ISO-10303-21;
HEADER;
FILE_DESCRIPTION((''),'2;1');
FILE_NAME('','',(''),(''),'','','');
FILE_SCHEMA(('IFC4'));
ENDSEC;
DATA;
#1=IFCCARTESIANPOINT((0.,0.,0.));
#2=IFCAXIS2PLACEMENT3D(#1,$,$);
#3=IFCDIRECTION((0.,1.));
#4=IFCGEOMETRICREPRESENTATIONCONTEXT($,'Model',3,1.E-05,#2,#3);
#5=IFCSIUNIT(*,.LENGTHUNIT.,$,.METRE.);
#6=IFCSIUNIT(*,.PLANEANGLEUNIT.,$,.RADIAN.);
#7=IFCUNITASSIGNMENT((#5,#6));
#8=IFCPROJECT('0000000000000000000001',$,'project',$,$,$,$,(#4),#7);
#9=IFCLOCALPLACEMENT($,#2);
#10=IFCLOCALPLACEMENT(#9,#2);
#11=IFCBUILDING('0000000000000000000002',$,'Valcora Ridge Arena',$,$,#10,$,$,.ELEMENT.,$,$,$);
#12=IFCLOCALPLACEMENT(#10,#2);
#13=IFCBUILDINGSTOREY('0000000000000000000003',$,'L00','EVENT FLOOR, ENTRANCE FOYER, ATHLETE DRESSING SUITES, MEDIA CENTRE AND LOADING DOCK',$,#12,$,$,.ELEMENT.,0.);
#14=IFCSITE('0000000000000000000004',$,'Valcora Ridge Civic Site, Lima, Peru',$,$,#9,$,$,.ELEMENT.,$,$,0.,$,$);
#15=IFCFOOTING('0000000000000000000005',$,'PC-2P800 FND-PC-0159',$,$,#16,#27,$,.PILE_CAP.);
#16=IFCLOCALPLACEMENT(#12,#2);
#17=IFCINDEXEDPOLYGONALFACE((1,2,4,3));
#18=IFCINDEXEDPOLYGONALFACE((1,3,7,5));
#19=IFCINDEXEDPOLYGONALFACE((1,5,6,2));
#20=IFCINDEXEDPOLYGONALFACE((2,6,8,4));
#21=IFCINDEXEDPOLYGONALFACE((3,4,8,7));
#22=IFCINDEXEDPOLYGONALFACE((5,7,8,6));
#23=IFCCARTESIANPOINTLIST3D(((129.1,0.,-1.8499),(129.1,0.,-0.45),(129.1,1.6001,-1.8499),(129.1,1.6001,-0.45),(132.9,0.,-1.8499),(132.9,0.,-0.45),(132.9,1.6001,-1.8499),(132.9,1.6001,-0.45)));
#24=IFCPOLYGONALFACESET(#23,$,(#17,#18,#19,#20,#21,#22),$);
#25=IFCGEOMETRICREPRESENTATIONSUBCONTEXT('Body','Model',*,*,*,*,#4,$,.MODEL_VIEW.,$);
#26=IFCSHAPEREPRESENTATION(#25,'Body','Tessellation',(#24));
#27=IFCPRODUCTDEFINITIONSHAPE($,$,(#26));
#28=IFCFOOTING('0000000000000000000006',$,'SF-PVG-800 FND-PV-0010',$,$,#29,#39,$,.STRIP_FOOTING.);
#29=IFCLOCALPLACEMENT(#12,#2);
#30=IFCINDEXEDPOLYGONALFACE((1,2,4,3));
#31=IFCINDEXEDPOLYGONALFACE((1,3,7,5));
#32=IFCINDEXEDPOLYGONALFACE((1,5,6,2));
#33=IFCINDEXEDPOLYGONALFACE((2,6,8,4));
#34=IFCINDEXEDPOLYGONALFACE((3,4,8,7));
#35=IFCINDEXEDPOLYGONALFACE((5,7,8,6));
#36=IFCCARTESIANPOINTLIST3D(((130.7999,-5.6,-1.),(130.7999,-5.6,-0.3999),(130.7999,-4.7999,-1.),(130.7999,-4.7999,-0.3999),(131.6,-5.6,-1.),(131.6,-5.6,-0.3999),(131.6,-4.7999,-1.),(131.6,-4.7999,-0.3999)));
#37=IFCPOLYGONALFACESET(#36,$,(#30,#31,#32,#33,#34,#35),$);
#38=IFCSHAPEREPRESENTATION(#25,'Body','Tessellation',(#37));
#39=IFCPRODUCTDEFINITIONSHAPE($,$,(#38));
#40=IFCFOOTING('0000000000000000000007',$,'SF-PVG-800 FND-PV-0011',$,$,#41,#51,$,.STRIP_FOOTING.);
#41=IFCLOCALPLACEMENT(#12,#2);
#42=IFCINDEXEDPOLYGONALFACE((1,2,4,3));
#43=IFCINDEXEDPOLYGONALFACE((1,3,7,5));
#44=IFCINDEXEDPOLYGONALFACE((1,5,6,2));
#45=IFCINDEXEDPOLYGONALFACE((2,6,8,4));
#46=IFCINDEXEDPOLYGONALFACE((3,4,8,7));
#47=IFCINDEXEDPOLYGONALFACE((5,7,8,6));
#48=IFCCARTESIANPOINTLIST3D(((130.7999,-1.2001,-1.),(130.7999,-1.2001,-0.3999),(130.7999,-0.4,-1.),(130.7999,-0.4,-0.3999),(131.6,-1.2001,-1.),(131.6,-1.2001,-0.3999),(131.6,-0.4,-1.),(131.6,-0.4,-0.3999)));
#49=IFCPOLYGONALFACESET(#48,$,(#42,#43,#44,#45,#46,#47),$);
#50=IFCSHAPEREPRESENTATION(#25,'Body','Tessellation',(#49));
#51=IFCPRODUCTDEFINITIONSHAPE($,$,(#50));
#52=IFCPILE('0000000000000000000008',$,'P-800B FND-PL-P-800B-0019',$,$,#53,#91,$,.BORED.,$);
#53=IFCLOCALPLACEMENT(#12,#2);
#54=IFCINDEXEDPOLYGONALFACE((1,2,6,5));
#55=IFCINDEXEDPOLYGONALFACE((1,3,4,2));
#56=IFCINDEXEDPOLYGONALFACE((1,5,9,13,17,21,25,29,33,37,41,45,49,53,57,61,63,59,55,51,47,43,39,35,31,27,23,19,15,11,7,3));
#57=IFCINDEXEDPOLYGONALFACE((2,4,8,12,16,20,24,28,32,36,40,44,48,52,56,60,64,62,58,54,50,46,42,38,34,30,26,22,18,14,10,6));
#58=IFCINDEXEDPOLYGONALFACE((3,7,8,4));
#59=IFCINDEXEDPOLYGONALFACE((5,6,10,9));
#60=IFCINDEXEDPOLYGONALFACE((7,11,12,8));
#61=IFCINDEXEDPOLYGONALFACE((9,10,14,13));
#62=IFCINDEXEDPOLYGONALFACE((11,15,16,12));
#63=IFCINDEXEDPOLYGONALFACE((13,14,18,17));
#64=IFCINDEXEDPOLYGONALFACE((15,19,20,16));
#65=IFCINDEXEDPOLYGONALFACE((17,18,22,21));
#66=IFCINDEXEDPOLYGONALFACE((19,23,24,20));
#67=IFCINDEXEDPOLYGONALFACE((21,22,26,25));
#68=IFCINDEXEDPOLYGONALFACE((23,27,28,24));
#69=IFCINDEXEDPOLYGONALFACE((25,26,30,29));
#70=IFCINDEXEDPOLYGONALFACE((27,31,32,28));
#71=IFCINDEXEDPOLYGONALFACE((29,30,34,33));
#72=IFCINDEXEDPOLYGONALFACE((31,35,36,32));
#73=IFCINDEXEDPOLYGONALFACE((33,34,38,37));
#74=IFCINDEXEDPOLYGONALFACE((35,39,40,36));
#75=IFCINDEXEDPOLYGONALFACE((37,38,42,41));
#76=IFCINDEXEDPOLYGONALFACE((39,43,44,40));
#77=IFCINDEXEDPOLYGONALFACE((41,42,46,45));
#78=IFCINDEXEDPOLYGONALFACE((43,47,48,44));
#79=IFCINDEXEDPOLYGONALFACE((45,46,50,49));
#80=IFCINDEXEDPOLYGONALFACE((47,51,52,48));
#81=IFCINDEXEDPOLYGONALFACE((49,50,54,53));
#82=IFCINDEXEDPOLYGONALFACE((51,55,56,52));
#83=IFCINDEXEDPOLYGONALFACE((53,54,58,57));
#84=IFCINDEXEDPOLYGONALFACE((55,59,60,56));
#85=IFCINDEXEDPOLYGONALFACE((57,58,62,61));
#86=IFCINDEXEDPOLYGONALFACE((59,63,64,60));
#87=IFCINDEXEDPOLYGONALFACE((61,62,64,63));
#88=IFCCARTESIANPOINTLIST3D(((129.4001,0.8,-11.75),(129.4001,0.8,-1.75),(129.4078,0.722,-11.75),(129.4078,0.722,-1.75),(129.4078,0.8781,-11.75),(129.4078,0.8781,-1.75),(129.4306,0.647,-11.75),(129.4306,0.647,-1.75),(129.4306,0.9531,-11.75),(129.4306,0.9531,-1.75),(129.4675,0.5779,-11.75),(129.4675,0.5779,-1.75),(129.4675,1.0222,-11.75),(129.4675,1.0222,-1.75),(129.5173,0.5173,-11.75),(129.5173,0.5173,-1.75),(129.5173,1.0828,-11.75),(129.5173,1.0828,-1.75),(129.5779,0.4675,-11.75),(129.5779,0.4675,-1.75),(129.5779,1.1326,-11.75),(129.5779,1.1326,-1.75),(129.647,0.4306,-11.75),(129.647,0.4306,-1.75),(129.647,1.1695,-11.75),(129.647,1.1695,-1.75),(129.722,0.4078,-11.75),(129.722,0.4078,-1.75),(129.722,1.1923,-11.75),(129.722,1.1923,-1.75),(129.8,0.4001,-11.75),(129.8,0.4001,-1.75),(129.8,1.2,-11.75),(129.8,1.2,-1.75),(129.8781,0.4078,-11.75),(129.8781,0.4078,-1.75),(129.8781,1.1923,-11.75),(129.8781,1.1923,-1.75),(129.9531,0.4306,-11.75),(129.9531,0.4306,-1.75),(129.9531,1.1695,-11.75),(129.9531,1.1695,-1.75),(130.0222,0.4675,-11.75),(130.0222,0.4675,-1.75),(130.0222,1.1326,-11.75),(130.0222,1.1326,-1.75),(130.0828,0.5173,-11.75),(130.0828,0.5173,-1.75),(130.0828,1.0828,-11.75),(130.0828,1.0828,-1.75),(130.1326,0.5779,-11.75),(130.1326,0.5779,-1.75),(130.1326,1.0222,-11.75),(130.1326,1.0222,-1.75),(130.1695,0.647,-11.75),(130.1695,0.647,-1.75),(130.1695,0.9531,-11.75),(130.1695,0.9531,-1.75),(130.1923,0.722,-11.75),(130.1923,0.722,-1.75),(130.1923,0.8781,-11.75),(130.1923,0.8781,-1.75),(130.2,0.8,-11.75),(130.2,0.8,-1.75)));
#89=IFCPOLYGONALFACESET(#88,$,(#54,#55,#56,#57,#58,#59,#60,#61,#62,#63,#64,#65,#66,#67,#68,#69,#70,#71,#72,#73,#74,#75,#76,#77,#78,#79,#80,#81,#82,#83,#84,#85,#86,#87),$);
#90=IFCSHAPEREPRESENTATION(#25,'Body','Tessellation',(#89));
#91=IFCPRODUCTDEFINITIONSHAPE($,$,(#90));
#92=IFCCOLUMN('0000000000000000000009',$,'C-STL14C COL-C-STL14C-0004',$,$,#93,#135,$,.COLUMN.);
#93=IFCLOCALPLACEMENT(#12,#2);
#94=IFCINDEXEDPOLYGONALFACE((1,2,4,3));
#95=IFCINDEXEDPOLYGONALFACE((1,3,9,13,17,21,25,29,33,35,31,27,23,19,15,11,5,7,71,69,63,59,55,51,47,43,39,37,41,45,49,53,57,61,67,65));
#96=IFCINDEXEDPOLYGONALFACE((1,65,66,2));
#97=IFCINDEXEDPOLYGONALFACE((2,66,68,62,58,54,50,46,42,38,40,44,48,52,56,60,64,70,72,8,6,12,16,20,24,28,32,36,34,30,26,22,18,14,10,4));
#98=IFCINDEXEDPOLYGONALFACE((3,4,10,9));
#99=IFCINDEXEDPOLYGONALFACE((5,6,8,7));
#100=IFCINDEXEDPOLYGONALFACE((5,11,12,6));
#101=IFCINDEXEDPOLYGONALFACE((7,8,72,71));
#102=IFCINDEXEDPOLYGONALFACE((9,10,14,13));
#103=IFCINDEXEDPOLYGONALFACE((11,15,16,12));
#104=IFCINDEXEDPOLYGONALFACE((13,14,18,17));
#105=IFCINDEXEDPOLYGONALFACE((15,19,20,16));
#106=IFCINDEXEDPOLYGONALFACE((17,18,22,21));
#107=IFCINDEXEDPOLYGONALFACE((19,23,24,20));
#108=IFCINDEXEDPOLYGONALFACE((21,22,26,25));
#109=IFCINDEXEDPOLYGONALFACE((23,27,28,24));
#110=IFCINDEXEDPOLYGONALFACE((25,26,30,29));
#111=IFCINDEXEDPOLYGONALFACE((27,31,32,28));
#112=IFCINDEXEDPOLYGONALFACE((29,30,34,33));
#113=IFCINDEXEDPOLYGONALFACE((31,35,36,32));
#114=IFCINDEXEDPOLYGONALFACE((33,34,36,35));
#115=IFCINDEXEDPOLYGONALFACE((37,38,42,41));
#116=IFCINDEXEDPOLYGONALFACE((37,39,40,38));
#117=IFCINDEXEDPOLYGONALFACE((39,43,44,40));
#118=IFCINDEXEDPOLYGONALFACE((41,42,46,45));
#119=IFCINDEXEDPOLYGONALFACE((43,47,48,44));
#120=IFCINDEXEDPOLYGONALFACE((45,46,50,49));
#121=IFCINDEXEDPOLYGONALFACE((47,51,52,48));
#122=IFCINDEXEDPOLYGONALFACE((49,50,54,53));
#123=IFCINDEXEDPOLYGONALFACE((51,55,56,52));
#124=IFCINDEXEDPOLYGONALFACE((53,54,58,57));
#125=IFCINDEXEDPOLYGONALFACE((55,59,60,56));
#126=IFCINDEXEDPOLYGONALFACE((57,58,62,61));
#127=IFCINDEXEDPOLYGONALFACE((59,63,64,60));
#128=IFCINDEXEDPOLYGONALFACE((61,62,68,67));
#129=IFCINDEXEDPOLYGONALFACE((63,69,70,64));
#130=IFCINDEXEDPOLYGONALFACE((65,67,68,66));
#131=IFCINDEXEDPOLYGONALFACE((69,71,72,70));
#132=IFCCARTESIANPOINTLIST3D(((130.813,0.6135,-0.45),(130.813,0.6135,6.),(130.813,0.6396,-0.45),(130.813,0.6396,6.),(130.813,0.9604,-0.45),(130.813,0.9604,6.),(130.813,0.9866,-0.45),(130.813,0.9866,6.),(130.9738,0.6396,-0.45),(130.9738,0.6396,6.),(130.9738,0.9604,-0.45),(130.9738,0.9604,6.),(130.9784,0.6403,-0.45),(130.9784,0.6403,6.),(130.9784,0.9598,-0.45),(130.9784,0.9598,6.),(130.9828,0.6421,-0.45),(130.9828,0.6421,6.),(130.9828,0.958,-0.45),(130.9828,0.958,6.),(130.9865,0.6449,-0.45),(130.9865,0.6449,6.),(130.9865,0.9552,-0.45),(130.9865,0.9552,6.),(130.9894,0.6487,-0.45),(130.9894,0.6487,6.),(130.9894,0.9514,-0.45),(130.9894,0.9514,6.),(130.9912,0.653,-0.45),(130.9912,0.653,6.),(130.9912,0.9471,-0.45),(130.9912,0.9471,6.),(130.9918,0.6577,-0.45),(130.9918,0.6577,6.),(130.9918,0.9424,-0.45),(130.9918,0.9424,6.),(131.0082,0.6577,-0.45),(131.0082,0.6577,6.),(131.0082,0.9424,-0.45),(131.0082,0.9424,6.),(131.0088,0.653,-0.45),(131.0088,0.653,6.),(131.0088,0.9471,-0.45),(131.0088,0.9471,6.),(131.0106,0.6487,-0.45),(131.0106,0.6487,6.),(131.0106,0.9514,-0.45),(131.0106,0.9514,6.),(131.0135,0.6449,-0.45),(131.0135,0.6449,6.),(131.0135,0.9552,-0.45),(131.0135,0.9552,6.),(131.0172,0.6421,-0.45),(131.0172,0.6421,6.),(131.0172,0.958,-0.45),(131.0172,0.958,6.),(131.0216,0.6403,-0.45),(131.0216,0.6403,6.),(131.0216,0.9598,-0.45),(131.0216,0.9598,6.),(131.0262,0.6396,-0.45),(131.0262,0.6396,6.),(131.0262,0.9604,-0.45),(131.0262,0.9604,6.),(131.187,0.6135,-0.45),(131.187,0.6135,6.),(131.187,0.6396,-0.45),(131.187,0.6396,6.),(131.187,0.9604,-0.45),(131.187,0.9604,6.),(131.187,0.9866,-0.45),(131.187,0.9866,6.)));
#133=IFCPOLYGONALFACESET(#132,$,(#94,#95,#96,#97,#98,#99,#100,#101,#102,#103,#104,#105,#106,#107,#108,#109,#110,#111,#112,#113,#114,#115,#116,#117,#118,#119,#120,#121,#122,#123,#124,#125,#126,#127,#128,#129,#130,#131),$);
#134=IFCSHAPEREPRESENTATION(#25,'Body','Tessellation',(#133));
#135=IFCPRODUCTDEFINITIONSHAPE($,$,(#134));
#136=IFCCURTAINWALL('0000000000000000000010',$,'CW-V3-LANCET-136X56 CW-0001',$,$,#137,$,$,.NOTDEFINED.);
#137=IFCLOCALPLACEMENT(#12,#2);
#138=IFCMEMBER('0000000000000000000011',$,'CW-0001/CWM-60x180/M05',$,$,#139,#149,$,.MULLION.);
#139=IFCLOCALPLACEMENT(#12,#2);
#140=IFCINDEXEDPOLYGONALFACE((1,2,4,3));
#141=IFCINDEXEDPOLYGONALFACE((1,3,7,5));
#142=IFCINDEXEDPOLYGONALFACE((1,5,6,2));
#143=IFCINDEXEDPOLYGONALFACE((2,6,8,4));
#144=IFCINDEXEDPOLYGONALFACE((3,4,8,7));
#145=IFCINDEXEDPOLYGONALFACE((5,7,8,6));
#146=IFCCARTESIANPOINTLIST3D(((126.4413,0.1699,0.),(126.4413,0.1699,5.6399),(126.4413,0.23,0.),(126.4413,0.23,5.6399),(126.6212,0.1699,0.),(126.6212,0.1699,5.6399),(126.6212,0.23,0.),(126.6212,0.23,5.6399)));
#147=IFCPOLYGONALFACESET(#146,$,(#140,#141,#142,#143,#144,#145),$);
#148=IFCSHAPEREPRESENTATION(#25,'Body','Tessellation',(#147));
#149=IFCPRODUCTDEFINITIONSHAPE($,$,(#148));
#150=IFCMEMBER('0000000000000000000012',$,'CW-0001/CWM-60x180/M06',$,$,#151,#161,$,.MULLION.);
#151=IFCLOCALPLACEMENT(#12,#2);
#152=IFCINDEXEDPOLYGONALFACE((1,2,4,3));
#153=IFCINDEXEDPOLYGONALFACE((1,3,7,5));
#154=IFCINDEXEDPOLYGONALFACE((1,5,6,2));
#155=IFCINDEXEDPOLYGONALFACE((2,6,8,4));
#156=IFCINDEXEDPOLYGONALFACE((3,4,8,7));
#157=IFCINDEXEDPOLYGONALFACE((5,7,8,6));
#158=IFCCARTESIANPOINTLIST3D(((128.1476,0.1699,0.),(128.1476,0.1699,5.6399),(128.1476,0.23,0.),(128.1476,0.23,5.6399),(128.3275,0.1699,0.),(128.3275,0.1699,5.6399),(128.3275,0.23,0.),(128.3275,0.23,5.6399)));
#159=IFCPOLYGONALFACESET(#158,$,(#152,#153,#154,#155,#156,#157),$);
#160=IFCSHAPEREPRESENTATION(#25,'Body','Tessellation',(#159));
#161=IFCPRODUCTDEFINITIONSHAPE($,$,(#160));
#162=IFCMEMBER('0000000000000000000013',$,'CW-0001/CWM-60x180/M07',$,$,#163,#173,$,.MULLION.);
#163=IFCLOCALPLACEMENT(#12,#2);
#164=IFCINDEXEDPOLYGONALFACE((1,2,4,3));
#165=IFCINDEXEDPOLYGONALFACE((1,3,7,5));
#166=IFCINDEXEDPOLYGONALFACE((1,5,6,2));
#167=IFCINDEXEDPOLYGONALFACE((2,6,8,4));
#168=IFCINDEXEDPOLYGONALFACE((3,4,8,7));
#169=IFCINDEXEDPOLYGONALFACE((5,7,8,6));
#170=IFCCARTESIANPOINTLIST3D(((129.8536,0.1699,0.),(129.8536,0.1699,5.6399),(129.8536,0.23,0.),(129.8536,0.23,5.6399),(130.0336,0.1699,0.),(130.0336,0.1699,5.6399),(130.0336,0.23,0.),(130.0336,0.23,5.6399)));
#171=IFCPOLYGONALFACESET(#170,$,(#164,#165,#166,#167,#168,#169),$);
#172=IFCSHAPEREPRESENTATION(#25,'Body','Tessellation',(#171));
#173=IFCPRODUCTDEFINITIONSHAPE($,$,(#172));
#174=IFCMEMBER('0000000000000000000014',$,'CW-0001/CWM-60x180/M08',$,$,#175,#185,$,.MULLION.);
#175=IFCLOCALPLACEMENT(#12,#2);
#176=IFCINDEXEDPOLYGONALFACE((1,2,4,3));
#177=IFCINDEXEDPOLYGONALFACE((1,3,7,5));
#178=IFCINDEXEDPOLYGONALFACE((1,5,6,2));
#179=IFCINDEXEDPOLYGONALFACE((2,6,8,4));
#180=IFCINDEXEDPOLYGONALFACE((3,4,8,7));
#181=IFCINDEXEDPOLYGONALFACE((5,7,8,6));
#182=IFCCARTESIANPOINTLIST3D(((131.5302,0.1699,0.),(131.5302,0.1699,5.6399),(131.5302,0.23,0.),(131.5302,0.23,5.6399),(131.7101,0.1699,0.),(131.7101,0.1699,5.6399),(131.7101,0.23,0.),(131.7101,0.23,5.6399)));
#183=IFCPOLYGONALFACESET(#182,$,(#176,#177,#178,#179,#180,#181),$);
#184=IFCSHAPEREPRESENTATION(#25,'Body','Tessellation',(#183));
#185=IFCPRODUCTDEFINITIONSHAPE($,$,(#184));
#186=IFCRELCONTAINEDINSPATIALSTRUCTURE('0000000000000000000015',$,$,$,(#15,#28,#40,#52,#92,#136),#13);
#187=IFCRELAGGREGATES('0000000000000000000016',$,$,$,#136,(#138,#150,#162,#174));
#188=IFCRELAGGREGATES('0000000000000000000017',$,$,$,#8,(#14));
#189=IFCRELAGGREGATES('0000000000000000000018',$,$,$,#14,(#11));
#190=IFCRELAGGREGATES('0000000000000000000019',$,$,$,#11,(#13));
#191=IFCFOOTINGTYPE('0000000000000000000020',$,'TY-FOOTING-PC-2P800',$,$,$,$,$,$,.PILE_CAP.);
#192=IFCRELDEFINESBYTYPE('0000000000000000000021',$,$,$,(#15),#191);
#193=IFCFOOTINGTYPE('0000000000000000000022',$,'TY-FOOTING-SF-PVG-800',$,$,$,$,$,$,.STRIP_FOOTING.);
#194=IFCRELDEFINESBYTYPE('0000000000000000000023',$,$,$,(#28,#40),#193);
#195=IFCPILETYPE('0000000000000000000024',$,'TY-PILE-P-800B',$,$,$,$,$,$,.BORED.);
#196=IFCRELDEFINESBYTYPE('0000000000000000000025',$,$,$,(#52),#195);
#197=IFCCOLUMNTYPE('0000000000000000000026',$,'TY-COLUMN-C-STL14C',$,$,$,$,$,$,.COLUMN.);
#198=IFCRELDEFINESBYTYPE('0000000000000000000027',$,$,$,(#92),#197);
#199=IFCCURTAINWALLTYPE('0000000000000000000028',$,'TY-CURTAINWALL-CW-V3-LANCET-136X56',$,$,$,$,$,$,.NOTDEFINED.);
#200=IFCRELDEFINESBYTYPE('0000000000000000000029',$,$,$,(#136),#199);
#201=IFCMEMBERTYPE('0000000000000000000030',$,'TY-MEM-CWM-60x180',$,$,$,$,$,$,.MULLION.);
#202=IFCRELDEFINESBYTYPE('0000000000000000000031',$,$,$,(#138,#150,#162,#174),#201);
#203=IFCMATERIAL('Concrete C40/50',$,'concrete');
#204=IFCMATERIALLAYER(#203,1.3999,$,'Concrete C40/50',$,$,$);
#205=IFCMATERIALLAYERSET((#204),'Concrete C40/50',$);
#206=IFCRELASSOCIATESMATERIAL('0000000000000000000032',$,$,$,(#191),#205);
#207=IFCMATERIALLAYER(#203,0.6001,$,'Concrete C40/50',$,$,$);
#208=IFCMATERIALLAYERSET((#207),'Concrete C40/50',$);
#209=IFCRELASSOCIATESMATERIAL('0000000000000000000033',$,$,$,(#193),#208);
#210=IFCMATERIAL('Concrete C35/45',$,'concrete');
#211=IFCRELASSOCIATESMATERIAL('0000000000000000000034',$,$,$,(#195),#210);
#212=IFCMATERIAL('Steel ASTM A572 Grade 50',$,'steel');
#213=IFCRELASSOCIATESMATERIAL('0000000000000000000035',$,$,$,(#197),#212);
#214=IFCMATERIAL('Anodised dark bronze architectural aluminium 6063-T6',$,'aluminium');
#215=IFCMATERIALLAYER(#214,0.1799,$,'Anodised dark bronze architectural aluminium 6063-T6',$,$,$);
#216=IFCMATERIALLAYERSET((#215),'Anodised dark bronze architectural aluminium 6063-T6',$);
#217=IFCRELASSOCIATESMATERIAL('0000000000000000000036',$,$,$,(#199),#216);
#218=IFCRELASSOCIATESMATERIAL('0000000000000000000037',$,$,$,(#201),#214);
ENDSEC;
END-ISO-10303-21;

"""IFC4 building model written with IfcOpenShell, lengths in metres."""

from ifc_helpers import new_model, si_unit, direction, frame, origin, origin_2d, place, context, subcontext, project, spatial, rectangle, circle, i_section, extrude, material, layer, layer_set, material_profile, profile_set, type_object, element, aggregate, save


model = new_model("IFC4")

# Units and contexts
model_context = context("Model", 3, precision=1e-05, world=origin(), true_north=direction((0.0, 1.0)))
body_context = subcontext(model_context, "Body", "Model", "MODEL_VIEW")
ifc_project = project(units=[si_unit("LENGTHUNIT", "METRE"), si_unit("PLANEANGLEUNIT", "RADIAN")], contexts=[model_context])

# Site, building, storey
site_placement = place(None, origin())
site = spatial("IfcSite", under=ifc_project, at=site_placement, Name="Valcora Ridge Civic Site, Lima, Peru", CompositionType="ELEMENT", RefElevation=0.0)
building_placement = place(site_placement, origin())
building = spatial("IfcBuilding", under=site, at=building_placement, Name="Valcora Ridge Arena", CompositionType="ELEMENT")
storey_placement = place(building_placement, origin())
storey = spatial("IfcBuildingStorey", under=building, at=storey_placement, Name="L00", Description="EVENT FLOOR, ENTRANCE FOYER, ATHLETE DRESSING SUITES, MEDIA CENTRE AND LOADING DOCK", CompositionType="ELEMENT", Elevation=0.0)

# Footings
ifc_material_1 = material(Name="Concrete C40/50", Category="concrete")
ifc_layer_1 = layer(ifc_material_1, 1.3999, Name="Concrete C40/50")
ifc_layer_set_1 = layer_set([ifc_layer_1], Name="Concrete C40/50")
footing_type_1 = type_object("IfcFootingType", Name="TY-FOOTING-PC-2P800", PredefinedType="PILE_CAP", material=ifc_layer_set_1)
footing_placement = place(storey_placement, frame((131.0, 0.8, -1.8499), z_axis=(0.0, 0.0, 1.0), x_axis=(1.0, 0.0, 0.0)))
element("IfcFooting", 1, at=footing_placement, inside=storey, type_object=footing_type_1, Name="PC-2P800 FND-PC-0159", PredefinedType="PILE_CAP", context=body_context, shape_type="SweptSolid", body=[
    extrude(rectangle(XDim=3.8, YDim=1.6001, at=origin_2d()), origin(), (0.0, 0.0, 1.0), 1.3999),
])
ifc_layer_2 = layer(ifc_material_1, 0.6001, Name="Concrete C40/50")
ifc_layer_set_2 = layer_set([ifc_layer_2], Name="Concrete C40/50")
footing_type_2 = type_object("IfcFootingType", Name="TY-FOOTING-SF-PVG-800", PredefinedType="STRIP_FOOTING", material=ifc_layer_set_2)
for number, where, z_axis, x_axis, name in (
    (2, (131.2, -5.2, -1.0), (0.0, 0.0, 1.0), (1.0, 0.0, 0.0), "SF-PVG-800 FND-PV-0010"),
    (3, (131.2, -0.8, -1.0), (0.0, 0.0, 1.0), (1.0, 0.0, 0.0), "SF-PVG-800 FND-PV-0011"),
):
    element("IfcFooting", number, at=place(storey_placement, frame(where, z_axis=z_axis, x_axis=x_axis)), inside=storey, type_object=footing_type_2, Name=name, PredefinedType="STRIP_FOOTING", context=body_context, shape_type="SweptSolid", body=[
        extrude(rectangle(XDim=0.8, YDim=0.8, at=origin_2d()), origin(), (0.0, 0.0, 1.0), 0.6001),
    ])

# Pile
ifc_material_2 = material(Name="Concrete C35/45", Category="concrete")
ifc_material_profile_1 = material_profile(ifc_material_2, circle(Radius=0.3999, at=origin_2d()), Name="BORED PILE D800")
ifc_profile_set_1 = profile_set([ifc_material_profile_1], Name="Concrete C35/45")
pile_type = type_object("IfcPileType", Name="TY-PILE-P-800B", PredefinedType="BORED", material=ifc_profile_set_1)
pile_placement = place(storey_placement, frame((129.8, 0.8, -1.75), z_axis=(0.0, 0.0, -1.0), x_axis=(1.0, 0.0, 0.0)))
element("IfcPile", 4, at=pile_placement, inside=storey, type_object=pile_type, Name="P-800B FND-PL-P-800B-0019", PredefinedType="BORED", context=body_context, shape_type="SweptSolid", body=[
    extrude(circle(Radius=0.3999, at=origin_2d()), origin(), (0.0, 0.0, 1.0), 10.0),
])

# Column
ifc_material_3 = material(Name="Steel ASTM A572 Grade 50", Category="steel")
ifc_material_profile_2 = material_profile(ifc_material_3, i_section(OverallWidth=0.374, OverallDepth=0.373, WebThickness=0.0164, FlangeThickness=0.0261, FilletRadius=0.0181, at=origin_2d()), Name="W14X132")
ifc_profile_set_2 = profile_set([ifc_material_profile_2], Name="Steel ASTM A572 Grade 50")
column_type = type_object("IfcColumnType", Name="TY-COLUMN-C-STL14C", PredefinedType="COLUMN", material=ifc_profile_set_2)
column_placement = place(storey_placement, frame((131.0, 0.8, -0.45), z_axis=(0.0, 0.0, 1.0), x_axis=(1.0, 0.0, 0.0)))
element("IfcColumn", 5, at=column_placement, inside=storey, type_object=column_type, Name="C-STL14C COL-C-STL14C-0004", PredefinedType="COLUMN", context=body_context, shape_type="SweptSolid", body=[
    extrude(i_section(OverallWidth=0.374, OverallDepth=0.373, WebThickness=0.0164, FlangeThickness=0.0261, FilletRadius=0.0181, at=origin_2d()), origin(), (0.0, 0.0, 1.0), 6.45),
])

# Curtain wall, members
ifc_material_4 = material(Name="Anodised dark bronze architectural aluminium 6063-T6", Category="aluminium")
ifc_layer_3 = layer(ifc_material_4, 0.1799, Name="Anodised dark bronze architectural aluminium 6063-T6")
ifc_layer_set_3 = layer_set([ifc_layer_3], Name="Anodised dark bronze architectural aluminium 6063-T6")
curtain_wall_type_1 = type_object("IfcCurtainWallType", Name="TY-CURTAINWALL-CW-V3-LANCET-136X56", PredefinedType="NOTDEFINED", material=ifc_layer_set_3)
curtain_wall_1_placement = place(storey_placement, origin())
curtain_wall_1 = element("IfcCurtainWall", 6, at=curtain_wall_1_placement, inside=storey, type_object=curtain_wall_type_1, Name="CW-V3-LANCET-136X56 CW-0001", PredefinedType="NOTDEFINED")
ifc_material_profile_3 = material_profile(ifc_material_4, rectangle(XDim=0.0601, YDim=0.1799, at=origin_2d()), Name="ALU MULLION 60x180")
ifc_profile_set_3 = profile_set([ifc_material_profile_3], Name="Anodised dark bronze architectural aluminium 6063-T6")
member_type_1 = type_object("IfcMemberType", Name="TY-MEM-CWM-60x180", PredefinedType="MULLION", material=ifc_profile_set_3)
member_1_placement = place(storey_placement, frame((126.5312, 0.2, 0.0), z_axis=(0.0, 0.0, 1.0), x_axis=(0.0, 1.0, 0.0)))
member_1 = element("IfcMember", 7, at=member_1_placement, type_object=member_type_1, Name="CW-0001/CWM-60x180/M05", PredefinedType="MULLION", context=body_context, shape_type="SweptSolid", body=[
    extrude(rectangle(XDim=0.0601, YDim=0.1799, at=origin_2d()), origin(), (0.0, 0.0, 1.0), 5.6399),
])
member_2_placement = place(storey_placement, frame((128.2375, 0.2, 0.0), z_axis=(0.0, 0.0, 1.0), x_axis=(0.0, 1.0, 0.0)))
member_2 = element("IfcMember", 8, at=member_2_placement, type_object=member_type_1, Name="CW-0001/CWM-60x180/M06", PredefinedType="MULLION", context=body_context, shape_type="SweptSolid", body=[
    extrude(rectangle(XDim=0.0601, YDim=0.1799, at=origin_2d()), origin(), (0.0, 0.0, 1.0), 5.6399),
])
member_3_placement = place(storey_placement, frame((129.9436, 0.2, 0.0), z_axis=(0.0, 0.0, 1.0), x_axis=(0.0, 1.0, 0.0)))
member_3 = element("IfcMember", 9, at=member_3_placement, type_object=member_type_1, Name="CW-0001/CWM-60x180/M07", PredefinedType="MULLION", context=body_context, shape_type="SweptSolid", body=[
    extrude(rectangle(XDim=0.0601, YDim=0.1799, at=origin_2d()), origin(), (0.0, 0.0, 1.0), 5.6399),
])
member_4_placement = place(storey_placement, frame((131.6201, 0.2, 0.0), z_axis=(0.0, 0.0, 1.0), x_axis=(0.0, 1.0, 0.0)))
member_4 = element("IfcMember", 10, at=member_4_placement, type_object=member_type_1, Name="CW-0001/CWM-60x180/M08", PredefinedType="MULLION", context=body_context, shape_type="SweptSolid", body=[
    extrude(rectangle(XDim=0.0601, YDim=0.1799, at=origin_2d()), origin(), (0.0, 0.0, 1.0), 5.6399),
])

aggregate(curtain_wall_1, [member_1, member_2, member_3, member_4])

save(model, "model.ifc")
